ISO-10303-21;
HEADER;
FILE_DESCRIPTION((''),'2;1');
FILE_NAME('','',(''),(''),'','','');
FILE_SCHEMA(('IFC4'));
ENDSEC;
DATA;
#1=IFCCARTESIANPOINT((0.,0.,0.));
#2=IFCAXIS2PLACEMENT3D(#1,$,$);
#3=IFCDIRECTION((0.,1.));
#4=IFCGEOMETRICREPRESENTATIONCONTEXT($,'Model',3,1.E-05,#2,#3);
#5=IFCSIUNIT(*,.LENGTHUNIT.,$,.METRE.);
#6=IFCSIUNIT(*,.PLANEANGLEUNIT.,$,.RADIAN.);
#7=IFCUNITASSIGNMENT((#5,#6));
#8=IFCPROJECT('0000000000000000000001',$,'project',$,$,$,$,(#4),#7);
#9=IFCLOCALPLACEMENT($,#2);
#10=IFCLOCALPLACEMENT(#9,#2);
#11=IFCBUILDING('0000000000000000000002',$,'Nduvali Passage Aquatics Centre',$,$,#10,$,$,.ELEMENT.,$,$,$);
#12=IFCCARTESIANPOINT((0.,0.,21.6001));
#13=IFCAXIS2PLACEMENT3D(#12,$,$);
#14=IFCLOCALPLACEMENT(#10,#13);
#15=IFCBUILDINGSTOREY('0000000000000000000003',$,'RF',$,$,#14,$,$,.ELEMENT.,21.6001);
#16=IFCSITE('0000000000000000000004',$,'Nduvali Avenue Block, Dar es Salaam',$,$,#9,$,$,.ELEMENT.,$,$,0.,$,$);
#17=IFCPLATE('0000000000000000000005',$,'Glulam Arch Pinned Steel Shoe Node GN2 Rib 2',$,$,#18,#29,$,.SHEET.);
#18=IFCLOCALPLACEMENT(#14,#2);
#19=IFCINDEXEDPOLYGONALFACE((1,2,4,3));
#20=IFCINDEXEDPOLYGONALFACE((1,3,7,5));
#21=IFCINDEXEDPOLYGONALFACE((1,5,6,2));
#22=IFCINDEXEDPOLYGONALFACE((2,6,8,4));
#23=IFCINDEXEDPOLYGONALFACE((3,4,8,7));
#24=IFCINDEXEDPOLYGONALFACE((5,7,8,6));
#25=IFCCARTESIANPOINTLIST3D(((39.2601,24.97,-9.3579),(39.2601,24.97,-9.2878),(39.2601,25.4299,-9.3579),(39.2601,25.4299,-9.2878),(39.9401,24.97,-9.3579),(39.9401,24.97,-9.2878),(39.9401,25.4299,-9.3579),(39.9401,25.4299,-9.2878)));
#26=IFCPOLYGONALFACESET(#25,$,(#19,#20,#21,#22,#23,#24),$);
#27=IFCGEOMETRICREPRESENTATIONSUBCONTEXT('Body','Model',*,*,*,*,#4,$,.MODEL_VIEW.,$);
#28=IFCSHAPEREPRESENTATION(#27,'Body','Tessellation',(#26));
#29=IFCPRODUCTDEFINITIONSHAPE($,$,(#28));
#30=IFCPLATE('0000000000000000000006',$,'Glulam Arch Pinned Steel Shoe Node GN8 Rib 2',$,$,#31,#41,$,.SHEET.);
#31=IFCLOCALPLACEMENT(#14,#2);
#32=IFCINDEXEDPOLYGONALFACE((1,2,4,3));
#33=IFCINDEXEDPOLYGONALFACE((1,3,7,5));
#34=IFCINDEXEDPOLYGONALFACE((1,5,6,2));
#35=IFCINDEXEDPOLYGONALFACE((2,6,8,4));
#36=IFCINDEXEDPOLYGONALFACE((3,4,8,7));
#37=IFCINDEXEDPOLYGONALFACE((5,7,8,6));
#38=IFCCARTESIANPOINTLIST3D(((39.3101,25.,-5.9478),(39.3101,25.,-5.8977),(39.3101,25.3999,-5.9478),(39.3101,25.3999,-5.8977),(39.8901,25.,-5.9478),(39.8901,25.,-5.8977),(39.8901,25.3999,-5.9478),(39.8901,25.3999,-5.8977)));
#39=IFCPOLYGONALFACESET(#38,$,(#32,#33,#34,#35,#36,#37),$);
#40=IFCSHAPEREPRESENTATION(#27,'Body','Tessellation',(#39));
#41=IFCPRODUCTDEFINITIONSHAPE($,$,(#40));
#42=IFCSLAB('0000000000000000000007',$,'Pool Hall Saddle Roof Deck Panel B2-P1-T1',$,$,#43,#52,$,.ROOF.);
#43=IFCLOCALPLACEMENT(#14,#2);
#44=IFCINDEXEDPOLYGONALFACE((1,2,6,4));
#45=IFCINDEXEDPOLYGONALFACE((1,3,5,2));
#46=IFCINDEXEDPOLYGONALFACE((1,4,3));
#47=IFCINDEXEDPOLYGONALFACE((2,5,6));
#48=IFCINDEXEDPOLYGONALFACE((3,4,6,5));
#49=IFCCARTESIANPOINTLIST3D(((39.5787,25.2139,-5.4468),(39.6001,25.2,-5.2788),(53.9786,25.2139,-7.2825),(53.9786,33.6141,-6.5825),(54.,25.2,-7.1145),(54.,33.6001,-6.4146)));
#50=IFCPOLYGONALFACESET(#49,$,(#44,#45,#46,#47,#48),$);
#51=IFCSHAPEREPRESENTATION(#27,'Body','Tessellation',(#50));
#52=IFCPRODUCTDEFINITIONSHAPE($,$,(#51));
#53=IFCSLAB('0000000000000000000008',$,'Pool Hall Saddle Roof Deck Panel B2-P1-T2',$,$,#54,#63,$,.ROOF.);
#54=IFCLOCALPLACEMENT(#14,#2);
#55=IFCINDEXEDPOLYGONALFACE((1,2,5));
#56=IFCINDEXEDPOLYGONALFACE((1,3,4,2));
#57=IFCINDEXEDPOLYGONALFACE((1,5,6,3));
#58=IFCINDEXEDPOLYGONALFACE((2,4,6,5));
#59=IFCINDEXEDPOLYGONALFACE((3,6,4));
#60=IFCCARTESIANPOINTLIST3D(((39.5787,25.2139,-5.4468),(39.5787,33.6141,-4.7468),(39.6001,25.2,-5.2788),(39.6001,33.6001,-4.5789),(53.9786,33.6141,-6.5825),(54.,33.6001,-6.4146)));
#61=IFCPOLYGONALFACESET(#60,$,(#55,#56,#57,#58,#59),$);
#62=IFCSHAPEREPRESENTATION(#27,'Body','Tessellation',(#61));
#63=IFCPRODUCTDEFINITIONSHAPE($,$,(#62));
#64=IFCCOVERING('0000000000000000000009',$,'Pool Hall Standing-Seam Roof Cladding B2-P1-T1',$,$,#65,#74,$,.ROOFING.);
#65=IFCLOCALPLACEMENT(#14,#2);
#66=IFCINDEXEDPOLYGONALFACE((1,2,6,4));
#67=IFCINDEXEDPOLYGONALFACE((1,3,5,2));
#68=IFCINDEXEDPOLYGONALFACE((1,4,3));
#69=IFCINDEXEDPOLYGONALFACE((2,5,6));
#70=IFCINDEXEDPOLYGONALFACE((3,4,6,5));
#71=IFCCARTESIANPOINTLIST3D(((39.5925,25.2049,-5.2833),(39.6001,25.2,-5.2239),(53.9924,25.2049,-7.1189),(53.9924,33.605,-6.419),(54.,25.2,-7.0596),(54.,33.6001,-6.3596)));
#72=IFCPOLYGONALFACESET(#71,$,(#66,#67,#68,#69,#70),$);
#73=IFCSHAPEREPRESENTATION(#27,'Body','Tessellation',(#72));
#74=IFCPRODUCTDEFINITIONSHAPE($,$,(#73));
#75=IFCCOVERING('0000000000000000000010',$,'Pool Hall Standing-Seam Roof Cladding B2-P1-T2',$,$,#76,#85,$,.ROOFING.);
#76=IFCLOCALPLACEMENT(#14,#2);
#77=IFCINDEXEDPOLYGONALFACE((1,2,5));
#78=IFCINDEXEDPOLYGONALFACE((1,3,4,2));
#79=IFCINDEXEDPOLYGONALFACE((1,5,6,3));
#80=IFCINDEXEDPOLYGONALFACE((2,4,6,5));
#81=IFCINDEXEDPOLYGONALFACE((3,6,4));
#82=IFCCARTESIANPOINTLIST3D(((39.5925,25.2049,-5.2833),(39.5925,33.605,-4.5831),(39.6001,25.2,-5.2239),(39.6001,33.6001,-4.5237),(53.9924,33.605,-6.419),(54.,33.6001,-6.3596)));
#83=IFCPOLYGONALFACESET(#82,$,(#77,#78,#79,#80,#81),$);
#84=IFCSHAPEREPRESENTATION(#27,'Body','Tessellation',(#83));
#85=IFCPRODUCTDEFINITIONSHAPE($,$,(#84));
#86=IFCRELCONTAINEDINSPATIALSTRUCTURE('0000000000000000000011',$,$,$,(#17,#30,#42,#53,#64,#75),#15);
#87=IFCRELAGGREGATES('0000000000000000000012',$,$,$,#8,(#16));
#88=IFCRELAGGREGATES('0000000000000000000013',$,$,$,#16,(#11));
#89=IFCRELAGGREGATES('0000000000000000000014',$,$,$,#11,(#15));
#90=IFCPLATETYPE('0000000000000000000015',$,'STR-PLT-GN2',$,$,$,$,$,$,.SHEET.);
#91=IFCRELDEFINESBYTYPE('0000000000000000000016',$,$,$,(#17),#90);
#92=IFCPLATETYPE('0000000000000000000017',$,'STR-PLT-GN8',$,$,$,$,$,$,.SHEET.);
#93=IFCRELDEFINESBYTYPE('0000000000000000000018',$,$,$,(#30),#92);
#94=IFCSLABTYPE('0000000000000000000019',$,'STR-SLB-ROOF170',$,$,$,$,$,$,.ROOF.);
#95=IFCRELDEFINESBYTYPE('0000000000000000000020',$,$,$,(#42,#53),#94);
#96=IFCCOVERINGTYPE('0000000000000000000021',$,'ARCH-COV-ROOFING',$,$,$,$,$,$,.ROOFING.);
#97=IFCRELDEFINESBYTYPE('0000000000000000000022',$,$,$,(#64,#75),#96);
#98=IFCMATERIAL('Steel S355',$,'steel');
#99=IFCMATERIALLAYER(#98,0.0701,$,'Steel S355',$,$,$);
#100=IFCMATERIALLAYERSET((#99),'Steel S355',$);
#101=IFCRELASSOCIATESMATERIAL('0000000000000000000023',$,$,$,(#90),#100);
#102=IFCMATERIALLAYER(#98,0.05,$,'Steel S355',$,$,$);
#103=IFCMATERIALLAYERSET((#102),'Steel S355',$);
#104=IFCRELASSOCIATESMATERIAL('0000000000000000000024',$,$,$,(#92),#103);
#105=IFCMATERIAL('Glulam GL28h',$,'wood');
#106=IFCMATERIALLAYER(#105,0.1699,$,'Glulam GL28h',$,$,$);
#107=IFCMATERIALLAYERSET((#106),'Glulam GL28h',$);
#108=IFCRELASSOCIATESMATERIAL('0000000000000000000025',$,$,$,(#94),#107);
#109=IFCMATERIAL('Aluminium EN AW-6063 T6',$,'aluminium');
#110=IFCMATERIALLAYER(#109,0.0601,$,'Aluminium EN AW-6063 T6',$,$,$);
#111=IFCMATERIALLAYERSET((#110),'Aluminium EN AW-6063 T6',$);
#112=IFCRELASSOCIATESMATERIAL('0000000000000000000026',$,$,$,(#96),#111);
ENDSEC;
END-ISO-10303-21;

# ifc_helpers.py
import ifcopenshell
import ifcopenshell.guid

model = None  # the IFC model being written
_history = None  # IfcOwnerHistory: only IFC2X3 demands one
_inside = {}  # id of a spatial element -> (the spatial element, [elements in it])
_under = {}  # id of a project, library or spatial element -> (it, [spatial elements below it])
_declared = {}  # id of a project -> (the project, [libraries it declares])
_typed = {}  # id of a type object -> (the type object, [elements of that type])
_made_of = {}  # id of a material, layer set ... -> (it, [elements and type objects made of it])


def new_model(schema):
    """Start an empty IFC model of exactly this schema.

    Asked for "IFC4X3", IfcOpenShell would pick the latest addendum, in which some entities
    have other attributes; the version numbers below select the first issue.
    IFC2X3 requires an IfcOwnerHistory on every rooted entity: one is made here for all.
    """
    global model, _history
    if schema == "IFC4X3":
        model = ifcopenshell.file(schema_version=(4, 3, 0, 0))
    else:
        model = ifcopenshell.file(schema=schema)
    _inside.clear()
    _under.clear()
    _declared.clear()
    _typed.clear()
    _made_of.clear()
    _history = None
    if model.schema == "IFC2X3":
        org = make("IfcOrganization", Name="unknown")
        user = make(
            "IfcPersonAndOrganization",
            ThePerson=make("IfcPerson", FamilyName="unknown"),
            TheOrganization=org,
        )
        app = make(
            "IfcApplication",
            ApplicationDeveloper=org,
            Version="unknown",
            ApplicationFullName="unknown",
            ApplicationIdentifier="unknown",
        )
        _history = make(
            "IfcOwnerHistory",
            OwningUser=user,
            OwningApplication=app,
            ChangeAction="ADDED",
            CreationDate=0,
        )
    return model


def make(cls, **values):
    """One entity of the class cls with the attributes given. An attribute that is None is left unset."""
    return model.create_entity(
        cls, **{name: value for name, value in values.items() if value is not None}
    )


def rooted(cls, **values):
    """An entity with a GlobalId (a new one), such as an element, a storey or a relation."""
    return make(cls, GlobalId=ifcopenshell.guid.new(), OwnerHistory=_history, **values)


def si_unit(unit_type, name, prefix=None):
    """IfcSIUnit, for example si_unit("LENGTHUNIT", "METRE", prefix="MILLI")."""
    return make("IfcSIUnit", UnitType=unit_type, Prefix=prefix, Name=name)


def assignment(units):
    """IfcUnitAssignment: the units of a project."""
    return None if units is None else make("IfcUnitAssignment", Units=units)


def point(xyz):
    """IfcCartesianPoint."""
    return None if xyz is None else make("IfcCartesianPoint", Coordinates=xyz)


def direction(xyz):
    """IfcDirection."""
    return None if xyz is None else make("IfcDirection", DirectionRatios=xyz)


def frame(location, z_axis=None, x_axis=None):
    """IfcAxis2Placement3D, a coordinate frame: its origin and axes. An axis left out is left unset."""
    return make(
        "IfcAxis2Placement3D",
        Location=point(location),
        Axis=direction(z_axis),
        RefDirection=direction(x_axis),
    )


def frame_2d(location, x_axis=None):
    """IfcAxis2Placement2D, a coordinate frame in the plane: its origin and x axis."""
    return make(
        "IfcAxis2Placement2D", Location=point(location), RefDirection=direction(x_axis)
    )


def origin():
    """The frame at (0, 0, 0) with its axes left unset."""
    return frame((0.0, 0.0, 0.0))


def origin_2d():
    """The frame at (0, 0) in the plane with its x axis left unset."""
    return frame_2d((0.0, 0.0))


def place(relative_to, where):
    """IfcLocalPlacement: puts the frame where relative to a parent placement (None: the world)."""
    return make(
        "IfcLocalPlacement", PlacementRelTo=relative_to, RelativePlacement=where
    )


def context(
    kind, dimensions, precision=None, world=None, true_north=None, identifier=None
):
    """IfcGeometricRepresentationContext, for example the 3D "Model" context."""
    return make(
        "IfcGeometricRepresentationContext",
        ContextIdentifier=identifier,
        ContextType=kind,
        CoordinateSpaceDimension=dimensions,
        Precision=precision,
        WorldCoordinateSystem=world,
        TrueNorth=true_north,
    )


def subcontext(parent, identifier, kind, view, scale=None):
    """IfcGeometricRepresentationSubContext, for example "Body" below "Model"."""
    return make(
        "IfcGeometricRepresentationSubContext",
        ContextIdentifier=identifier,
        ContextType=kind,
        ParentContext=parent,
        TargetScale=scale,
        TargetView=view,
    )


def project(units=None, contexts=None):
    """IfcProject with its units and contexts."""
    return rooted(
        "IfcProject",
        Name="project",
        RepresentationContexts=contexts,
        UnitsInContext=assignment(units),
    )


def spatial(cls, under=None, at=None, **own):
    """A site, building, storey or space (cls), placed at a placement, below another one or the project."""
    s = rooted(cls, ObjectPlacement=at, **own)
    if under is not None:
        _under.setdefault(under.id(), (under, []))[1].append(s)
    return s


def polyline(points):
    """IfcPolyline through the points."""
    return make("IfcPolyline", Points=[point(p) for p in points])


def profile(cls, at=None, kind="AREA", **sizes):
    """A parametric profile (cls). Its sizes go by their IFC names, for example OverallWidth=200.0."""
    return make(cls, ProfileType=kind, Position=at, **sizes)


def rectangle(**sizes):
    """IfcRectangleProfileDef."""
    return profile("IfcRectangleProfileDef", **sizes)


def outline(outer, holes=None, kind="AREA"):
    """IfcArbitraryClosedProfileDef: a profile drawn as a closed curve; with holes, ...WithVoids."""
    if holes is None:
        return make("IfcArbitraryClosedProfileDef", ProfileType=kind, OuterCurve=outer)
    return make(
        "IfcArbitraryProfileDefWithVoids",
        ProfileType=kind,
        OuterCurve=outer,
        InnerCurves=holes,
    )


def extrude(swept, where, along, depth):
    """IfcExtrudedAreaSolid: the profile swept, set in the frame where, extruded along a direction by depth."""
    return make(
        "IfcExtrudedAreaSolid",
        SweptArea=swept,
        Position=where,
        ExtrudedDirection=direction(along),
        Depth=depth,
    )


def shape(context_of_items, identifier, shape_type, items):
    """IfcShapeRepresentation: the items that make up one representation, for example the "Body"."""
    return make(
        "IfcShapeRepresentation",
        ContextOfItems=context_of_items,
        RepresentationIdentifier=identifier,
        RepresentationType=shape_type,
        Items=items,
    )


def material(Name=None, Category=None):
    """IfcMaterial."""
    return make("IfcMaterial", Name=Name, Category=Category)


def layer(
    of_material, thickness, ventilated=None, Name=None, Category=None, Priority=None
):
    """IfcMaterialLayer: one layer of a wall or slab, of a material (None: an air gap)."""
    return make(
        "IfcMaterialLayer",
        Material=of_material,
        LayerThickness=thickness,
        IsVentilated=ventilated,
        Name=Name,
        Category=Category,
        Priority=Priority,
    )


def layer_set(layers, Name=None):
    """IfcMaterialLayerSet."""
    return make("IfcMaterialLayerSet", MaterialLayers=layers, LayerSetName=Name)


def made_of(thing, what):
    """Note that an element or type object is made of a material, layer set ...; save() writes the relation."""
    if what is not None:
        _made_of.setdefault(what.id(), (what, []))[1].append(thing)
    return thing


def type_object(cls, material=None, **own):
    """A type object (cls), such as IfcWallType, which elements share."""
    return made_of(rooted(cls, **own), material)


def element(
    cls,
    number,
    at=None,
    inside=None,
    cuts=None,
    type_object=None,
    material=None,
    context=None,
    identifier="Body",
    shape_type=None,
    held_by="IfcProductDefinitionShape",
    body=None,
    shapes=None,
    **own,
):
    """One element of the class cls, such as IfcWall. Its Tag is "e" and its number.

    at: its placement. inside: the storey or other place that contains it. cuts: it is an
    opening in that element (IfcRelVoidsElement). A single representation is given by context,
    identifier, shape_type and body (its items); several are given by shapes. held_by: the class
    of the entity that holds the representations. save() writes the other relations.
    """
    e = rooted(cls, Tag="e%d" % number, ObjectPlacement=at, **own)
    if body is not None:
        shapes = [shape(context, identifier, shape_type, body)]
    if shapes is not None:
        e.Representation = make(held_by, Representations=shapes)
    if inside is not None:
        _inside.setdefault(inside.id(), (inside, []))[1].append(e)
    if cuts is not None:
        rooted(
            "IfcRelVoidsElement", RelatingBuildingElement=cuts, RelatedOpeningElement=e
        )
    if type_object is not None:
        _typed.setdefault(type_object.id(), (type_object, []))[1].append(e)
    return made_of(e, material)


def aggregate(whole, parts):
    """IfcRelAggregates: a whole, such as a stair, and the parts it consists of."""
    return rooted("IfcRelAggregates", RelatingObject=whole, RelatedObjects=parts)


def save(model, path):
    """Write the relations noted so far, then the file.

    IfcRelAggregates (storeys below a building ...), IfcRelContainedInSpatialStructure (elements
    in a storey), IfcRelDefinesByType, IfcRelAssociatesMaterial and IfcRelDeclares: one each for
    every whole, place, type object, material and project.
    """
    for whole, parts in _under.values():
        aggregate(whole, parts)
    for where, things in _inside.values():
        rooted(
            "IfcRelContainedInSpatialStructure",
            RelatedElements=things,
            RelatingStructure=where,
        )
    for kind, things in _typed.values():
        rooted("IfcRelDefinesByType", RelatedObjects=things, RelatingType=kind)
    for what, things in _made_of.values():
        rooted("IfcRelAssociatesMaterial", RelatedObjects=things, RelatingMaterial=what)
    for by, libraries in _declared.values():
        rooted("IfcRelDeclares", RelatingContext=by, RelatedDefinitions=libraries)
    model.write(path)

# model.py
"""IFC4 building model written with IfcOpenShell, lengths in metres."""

from ifc_helpers import new_model, si_unit, direction, frame, origin, origin_2d, place, context, subcontext, project, spatial, polyline, rectangle, outline, extrude, material, layer, layer_set, type_object, element, save


model = new_model("IFC4")

# Units and contexts
model_context = context("Model", 3, precision=1e-05, world=origin(), true_north=direction((0.0, 1.0)))
body_context = subcontext(model_context, "Body", "Model", "MODEL_VIEW")
ifc_project = project(units=[si_unit("LENGTHUNIT", "METRE"), si_unit("PLANEANGLEUNIT", "RADIAN")], contexts=[model_context])

# Site, building, storey
site_placement = place(None, origin())
site = spatial("IfcSite", under=ifc_project, at=site_placement, Name="Nduvali Avenue Block, Dar es Salaam", CompositionType="ELEMENT", RefElevation=0.0)
building_placement = place(site_placement, origin())
building = spatial("IfcBuilding", under=site, at=building_placement, Name="Nduvali Passage Aquatics Centre", CompositionType="ELEMENT")
storey_placement = place(building_placement, frame((0.0, 0.0, 21.6001)))
storey = spatial("IfcBuildingStorey", under=building, at=storey_placement, Name="RF", CompositionType="ELEMENT", Elevation=21.6001)

# Shared definitions
ifc_material_1 = material(Name="Steel S355", Category="steel")
ifc_material_2 = material(Name="Glulam GL28h", Category="wood")

# Plates
ifc_layer_1 = layer(ifc_material_1, 0.0701, Name="Steel S355")
ifc_layer_set_1 = layer_set([ifc_layer_1], Name="Steel S355")
plate_type_1 = type_object("IfcPlateType", Name="STR-PLT-GN2", PredefinedType="SHEET", material=ifc_layer_set_1)
plate_1_placement = place(storey_placement, frame((39.6001, 25.2, -9.3579), z_axis=(0.0, 0.0, 1.0), x_axis=(1.0, 0.0, 0.0)))
element("IfcPlate", 1, at=plate_1_placement, inside=storey, type_object=plate_type_1, Name="Glulam Arch Pinned Steel Shoe Node GN2 Rib 2", PredefinedType="SHEET", context=body_context, shape_type="SweptSolid", body=[
    extrude(rectangle(XDim=0.6799, YDim=0.46, at=origin_2d()), origin(), (0.0, 0.0, 1.0), 0.0701),
])
ifc_layer_2 = layer(ifc_material_1, 0.05, Name="Steel S355")
ifc_layer_set_2 = layer_set([ifc_layer_2], Name="Steel S355")
plate_type_2 = type_object("IfcPlateType", Name="STR-PLT-GN8", PredefinedType="SHEET", material=ifc_layer_set_2)
plate_2_placement = place(storey_placement, frame((39.6001, 25.2, -5.9478), z_axis=(0.0, 0.0, 1.0), x_axis=(1.0, 0.0, 0.0)))
element("IfcPlate", 2, at=plate_2_placement, inside=storey, type_object=plate_type_2, Name="Glulam Arch Pinned Steel Shoe Node GN8 Rib 2", PredefinedType="SHEET", context=body_context, shape_type="SweptSolid", body=[
    extrude(rectangle(XDim=0.5801, YDim=0.3999, at=origin_2d()), origin(), (0.0, 0.0, 1.0), 0.05),
])

# Slabs
ifc_layer_3 = layer(ifc_material_2, 0.1699, Name="Glulam GL28h")
ifc_layer_set_3 = layer_set([ifc_layer_3], Name="Glulam GL28h")
slab_type = type_object("IfcSlabType", Name="STR-SLB-ROOF170", PredefinedType="ROOF", material=ifc_layer_set_3)
slab_1_placement = place(storey_placement, frame((39.6001, 25.2, -5.2788), z_axis=(0.126026, -0.082376, 0.988601), x_axis=(0.991972, 0.0, -0.126456)))
element("IfcSlab", 3, at=slab_1_placement, inside=storey, type_object=slab_type, Name="Pool Hall Saddle Roof Deck Panel B2-P1-T1", PredefinedType="ROOF", context=body_context, shape_type="SweptSolid", body=[
    extrude(outline(polyline([(0.0, 0.0), (14.5164, 0.0), (14.4279, 8.4288), (0.0, 0.0)])), origin(), (0.0, 0.0, -1.0), 0.1699),
])
slab_2_placement = place(storey_placement, frame((39.6001, 25.2, -5.2788), z_axis=(0.126026, -0.082376, 0.988601), x_axis=(0.861776, 0.502715, -0.06797)))
element("IfcSlab", 4, at=slab_2_placement, inside=storey, type_object=slab_type, Name="Pool Hall Saddle Roof Deck Panel B2-P1-T2", PredefinedType="ROOF", context=body_context, shape_type="SweptSolid", body=[
    extrude(outline(polyline([(0.0, 0.0), (16.7096, 0.0), (4.1753, 7.3225), (0.0, 0.0)])), origin(), (0.0, 0.0, -1.0), 0.1699),
])

# Coverings
ifc_material_3 = material(Name="Aluminium EN AW-6063 T6", Category="aluminium")
ifc_layer_4 = layer(ifc_material_3, 0.0601, Name="Aluminium EN AW-6063 T6")
ifc_layer_set_4 = layer_set([ifc_layer_4], Name="Aluminium EN AW-6063 T6")
covering_type = type_object("IfcCoveringType", Name="ARCH-COV-ROOFING", PredefinedType="ROOFING", material=ifc_layer_set_4)
covering_1_placement = place(storey_placement, frame((39.6001, 25.2, -5.2239), z_axis=(0.126026, -0.082376, 0.988601), x_axis=(0.991972, 0.0, -0.126456)))
element("IfcCovering", 5, at=covering_1_placement, inside=storey, type_object=covering_type, Name="Pool Hall Standing-Seam Roof Cladding B2-P1-T1", PredefinedType="ROOFING", context=body_context, shape_type="SweptSolid", body=[
    extrude(outline(polyline([(0.0, 0.0), (14.5164, 0.0), (14.4279, 8.4288), (0.0, 0.0)])), origin(), (0.0, 0.0, -1.0), 0.0601),
])
covering_2_placement = place(storey_placement, frame((39.6001, 25.2, -5.2239), z_axis=(0.126043, -0.082405, 0.988596), x_axis=(0.861776, 0.502715, -0.06797)))
element("IfcCovering", 6, at=covering_2_placement, inside=storey, type_object=covering_type, Name="Pool Hall Standing-Seam Roof Cladding B2-P1-T2", PredefinedType="ROOFING", context=body_context, shape_type="SweptSolid", body=[
    extrude(outline(polyline([(0.0, 0.0), (16.7096, 0.0), (4.1753, 7.3225), (0.0, 0.0)])), origin(), (0.0, 0.0, -1.0), 0.0601),
])

save(model, "model.ifc")
